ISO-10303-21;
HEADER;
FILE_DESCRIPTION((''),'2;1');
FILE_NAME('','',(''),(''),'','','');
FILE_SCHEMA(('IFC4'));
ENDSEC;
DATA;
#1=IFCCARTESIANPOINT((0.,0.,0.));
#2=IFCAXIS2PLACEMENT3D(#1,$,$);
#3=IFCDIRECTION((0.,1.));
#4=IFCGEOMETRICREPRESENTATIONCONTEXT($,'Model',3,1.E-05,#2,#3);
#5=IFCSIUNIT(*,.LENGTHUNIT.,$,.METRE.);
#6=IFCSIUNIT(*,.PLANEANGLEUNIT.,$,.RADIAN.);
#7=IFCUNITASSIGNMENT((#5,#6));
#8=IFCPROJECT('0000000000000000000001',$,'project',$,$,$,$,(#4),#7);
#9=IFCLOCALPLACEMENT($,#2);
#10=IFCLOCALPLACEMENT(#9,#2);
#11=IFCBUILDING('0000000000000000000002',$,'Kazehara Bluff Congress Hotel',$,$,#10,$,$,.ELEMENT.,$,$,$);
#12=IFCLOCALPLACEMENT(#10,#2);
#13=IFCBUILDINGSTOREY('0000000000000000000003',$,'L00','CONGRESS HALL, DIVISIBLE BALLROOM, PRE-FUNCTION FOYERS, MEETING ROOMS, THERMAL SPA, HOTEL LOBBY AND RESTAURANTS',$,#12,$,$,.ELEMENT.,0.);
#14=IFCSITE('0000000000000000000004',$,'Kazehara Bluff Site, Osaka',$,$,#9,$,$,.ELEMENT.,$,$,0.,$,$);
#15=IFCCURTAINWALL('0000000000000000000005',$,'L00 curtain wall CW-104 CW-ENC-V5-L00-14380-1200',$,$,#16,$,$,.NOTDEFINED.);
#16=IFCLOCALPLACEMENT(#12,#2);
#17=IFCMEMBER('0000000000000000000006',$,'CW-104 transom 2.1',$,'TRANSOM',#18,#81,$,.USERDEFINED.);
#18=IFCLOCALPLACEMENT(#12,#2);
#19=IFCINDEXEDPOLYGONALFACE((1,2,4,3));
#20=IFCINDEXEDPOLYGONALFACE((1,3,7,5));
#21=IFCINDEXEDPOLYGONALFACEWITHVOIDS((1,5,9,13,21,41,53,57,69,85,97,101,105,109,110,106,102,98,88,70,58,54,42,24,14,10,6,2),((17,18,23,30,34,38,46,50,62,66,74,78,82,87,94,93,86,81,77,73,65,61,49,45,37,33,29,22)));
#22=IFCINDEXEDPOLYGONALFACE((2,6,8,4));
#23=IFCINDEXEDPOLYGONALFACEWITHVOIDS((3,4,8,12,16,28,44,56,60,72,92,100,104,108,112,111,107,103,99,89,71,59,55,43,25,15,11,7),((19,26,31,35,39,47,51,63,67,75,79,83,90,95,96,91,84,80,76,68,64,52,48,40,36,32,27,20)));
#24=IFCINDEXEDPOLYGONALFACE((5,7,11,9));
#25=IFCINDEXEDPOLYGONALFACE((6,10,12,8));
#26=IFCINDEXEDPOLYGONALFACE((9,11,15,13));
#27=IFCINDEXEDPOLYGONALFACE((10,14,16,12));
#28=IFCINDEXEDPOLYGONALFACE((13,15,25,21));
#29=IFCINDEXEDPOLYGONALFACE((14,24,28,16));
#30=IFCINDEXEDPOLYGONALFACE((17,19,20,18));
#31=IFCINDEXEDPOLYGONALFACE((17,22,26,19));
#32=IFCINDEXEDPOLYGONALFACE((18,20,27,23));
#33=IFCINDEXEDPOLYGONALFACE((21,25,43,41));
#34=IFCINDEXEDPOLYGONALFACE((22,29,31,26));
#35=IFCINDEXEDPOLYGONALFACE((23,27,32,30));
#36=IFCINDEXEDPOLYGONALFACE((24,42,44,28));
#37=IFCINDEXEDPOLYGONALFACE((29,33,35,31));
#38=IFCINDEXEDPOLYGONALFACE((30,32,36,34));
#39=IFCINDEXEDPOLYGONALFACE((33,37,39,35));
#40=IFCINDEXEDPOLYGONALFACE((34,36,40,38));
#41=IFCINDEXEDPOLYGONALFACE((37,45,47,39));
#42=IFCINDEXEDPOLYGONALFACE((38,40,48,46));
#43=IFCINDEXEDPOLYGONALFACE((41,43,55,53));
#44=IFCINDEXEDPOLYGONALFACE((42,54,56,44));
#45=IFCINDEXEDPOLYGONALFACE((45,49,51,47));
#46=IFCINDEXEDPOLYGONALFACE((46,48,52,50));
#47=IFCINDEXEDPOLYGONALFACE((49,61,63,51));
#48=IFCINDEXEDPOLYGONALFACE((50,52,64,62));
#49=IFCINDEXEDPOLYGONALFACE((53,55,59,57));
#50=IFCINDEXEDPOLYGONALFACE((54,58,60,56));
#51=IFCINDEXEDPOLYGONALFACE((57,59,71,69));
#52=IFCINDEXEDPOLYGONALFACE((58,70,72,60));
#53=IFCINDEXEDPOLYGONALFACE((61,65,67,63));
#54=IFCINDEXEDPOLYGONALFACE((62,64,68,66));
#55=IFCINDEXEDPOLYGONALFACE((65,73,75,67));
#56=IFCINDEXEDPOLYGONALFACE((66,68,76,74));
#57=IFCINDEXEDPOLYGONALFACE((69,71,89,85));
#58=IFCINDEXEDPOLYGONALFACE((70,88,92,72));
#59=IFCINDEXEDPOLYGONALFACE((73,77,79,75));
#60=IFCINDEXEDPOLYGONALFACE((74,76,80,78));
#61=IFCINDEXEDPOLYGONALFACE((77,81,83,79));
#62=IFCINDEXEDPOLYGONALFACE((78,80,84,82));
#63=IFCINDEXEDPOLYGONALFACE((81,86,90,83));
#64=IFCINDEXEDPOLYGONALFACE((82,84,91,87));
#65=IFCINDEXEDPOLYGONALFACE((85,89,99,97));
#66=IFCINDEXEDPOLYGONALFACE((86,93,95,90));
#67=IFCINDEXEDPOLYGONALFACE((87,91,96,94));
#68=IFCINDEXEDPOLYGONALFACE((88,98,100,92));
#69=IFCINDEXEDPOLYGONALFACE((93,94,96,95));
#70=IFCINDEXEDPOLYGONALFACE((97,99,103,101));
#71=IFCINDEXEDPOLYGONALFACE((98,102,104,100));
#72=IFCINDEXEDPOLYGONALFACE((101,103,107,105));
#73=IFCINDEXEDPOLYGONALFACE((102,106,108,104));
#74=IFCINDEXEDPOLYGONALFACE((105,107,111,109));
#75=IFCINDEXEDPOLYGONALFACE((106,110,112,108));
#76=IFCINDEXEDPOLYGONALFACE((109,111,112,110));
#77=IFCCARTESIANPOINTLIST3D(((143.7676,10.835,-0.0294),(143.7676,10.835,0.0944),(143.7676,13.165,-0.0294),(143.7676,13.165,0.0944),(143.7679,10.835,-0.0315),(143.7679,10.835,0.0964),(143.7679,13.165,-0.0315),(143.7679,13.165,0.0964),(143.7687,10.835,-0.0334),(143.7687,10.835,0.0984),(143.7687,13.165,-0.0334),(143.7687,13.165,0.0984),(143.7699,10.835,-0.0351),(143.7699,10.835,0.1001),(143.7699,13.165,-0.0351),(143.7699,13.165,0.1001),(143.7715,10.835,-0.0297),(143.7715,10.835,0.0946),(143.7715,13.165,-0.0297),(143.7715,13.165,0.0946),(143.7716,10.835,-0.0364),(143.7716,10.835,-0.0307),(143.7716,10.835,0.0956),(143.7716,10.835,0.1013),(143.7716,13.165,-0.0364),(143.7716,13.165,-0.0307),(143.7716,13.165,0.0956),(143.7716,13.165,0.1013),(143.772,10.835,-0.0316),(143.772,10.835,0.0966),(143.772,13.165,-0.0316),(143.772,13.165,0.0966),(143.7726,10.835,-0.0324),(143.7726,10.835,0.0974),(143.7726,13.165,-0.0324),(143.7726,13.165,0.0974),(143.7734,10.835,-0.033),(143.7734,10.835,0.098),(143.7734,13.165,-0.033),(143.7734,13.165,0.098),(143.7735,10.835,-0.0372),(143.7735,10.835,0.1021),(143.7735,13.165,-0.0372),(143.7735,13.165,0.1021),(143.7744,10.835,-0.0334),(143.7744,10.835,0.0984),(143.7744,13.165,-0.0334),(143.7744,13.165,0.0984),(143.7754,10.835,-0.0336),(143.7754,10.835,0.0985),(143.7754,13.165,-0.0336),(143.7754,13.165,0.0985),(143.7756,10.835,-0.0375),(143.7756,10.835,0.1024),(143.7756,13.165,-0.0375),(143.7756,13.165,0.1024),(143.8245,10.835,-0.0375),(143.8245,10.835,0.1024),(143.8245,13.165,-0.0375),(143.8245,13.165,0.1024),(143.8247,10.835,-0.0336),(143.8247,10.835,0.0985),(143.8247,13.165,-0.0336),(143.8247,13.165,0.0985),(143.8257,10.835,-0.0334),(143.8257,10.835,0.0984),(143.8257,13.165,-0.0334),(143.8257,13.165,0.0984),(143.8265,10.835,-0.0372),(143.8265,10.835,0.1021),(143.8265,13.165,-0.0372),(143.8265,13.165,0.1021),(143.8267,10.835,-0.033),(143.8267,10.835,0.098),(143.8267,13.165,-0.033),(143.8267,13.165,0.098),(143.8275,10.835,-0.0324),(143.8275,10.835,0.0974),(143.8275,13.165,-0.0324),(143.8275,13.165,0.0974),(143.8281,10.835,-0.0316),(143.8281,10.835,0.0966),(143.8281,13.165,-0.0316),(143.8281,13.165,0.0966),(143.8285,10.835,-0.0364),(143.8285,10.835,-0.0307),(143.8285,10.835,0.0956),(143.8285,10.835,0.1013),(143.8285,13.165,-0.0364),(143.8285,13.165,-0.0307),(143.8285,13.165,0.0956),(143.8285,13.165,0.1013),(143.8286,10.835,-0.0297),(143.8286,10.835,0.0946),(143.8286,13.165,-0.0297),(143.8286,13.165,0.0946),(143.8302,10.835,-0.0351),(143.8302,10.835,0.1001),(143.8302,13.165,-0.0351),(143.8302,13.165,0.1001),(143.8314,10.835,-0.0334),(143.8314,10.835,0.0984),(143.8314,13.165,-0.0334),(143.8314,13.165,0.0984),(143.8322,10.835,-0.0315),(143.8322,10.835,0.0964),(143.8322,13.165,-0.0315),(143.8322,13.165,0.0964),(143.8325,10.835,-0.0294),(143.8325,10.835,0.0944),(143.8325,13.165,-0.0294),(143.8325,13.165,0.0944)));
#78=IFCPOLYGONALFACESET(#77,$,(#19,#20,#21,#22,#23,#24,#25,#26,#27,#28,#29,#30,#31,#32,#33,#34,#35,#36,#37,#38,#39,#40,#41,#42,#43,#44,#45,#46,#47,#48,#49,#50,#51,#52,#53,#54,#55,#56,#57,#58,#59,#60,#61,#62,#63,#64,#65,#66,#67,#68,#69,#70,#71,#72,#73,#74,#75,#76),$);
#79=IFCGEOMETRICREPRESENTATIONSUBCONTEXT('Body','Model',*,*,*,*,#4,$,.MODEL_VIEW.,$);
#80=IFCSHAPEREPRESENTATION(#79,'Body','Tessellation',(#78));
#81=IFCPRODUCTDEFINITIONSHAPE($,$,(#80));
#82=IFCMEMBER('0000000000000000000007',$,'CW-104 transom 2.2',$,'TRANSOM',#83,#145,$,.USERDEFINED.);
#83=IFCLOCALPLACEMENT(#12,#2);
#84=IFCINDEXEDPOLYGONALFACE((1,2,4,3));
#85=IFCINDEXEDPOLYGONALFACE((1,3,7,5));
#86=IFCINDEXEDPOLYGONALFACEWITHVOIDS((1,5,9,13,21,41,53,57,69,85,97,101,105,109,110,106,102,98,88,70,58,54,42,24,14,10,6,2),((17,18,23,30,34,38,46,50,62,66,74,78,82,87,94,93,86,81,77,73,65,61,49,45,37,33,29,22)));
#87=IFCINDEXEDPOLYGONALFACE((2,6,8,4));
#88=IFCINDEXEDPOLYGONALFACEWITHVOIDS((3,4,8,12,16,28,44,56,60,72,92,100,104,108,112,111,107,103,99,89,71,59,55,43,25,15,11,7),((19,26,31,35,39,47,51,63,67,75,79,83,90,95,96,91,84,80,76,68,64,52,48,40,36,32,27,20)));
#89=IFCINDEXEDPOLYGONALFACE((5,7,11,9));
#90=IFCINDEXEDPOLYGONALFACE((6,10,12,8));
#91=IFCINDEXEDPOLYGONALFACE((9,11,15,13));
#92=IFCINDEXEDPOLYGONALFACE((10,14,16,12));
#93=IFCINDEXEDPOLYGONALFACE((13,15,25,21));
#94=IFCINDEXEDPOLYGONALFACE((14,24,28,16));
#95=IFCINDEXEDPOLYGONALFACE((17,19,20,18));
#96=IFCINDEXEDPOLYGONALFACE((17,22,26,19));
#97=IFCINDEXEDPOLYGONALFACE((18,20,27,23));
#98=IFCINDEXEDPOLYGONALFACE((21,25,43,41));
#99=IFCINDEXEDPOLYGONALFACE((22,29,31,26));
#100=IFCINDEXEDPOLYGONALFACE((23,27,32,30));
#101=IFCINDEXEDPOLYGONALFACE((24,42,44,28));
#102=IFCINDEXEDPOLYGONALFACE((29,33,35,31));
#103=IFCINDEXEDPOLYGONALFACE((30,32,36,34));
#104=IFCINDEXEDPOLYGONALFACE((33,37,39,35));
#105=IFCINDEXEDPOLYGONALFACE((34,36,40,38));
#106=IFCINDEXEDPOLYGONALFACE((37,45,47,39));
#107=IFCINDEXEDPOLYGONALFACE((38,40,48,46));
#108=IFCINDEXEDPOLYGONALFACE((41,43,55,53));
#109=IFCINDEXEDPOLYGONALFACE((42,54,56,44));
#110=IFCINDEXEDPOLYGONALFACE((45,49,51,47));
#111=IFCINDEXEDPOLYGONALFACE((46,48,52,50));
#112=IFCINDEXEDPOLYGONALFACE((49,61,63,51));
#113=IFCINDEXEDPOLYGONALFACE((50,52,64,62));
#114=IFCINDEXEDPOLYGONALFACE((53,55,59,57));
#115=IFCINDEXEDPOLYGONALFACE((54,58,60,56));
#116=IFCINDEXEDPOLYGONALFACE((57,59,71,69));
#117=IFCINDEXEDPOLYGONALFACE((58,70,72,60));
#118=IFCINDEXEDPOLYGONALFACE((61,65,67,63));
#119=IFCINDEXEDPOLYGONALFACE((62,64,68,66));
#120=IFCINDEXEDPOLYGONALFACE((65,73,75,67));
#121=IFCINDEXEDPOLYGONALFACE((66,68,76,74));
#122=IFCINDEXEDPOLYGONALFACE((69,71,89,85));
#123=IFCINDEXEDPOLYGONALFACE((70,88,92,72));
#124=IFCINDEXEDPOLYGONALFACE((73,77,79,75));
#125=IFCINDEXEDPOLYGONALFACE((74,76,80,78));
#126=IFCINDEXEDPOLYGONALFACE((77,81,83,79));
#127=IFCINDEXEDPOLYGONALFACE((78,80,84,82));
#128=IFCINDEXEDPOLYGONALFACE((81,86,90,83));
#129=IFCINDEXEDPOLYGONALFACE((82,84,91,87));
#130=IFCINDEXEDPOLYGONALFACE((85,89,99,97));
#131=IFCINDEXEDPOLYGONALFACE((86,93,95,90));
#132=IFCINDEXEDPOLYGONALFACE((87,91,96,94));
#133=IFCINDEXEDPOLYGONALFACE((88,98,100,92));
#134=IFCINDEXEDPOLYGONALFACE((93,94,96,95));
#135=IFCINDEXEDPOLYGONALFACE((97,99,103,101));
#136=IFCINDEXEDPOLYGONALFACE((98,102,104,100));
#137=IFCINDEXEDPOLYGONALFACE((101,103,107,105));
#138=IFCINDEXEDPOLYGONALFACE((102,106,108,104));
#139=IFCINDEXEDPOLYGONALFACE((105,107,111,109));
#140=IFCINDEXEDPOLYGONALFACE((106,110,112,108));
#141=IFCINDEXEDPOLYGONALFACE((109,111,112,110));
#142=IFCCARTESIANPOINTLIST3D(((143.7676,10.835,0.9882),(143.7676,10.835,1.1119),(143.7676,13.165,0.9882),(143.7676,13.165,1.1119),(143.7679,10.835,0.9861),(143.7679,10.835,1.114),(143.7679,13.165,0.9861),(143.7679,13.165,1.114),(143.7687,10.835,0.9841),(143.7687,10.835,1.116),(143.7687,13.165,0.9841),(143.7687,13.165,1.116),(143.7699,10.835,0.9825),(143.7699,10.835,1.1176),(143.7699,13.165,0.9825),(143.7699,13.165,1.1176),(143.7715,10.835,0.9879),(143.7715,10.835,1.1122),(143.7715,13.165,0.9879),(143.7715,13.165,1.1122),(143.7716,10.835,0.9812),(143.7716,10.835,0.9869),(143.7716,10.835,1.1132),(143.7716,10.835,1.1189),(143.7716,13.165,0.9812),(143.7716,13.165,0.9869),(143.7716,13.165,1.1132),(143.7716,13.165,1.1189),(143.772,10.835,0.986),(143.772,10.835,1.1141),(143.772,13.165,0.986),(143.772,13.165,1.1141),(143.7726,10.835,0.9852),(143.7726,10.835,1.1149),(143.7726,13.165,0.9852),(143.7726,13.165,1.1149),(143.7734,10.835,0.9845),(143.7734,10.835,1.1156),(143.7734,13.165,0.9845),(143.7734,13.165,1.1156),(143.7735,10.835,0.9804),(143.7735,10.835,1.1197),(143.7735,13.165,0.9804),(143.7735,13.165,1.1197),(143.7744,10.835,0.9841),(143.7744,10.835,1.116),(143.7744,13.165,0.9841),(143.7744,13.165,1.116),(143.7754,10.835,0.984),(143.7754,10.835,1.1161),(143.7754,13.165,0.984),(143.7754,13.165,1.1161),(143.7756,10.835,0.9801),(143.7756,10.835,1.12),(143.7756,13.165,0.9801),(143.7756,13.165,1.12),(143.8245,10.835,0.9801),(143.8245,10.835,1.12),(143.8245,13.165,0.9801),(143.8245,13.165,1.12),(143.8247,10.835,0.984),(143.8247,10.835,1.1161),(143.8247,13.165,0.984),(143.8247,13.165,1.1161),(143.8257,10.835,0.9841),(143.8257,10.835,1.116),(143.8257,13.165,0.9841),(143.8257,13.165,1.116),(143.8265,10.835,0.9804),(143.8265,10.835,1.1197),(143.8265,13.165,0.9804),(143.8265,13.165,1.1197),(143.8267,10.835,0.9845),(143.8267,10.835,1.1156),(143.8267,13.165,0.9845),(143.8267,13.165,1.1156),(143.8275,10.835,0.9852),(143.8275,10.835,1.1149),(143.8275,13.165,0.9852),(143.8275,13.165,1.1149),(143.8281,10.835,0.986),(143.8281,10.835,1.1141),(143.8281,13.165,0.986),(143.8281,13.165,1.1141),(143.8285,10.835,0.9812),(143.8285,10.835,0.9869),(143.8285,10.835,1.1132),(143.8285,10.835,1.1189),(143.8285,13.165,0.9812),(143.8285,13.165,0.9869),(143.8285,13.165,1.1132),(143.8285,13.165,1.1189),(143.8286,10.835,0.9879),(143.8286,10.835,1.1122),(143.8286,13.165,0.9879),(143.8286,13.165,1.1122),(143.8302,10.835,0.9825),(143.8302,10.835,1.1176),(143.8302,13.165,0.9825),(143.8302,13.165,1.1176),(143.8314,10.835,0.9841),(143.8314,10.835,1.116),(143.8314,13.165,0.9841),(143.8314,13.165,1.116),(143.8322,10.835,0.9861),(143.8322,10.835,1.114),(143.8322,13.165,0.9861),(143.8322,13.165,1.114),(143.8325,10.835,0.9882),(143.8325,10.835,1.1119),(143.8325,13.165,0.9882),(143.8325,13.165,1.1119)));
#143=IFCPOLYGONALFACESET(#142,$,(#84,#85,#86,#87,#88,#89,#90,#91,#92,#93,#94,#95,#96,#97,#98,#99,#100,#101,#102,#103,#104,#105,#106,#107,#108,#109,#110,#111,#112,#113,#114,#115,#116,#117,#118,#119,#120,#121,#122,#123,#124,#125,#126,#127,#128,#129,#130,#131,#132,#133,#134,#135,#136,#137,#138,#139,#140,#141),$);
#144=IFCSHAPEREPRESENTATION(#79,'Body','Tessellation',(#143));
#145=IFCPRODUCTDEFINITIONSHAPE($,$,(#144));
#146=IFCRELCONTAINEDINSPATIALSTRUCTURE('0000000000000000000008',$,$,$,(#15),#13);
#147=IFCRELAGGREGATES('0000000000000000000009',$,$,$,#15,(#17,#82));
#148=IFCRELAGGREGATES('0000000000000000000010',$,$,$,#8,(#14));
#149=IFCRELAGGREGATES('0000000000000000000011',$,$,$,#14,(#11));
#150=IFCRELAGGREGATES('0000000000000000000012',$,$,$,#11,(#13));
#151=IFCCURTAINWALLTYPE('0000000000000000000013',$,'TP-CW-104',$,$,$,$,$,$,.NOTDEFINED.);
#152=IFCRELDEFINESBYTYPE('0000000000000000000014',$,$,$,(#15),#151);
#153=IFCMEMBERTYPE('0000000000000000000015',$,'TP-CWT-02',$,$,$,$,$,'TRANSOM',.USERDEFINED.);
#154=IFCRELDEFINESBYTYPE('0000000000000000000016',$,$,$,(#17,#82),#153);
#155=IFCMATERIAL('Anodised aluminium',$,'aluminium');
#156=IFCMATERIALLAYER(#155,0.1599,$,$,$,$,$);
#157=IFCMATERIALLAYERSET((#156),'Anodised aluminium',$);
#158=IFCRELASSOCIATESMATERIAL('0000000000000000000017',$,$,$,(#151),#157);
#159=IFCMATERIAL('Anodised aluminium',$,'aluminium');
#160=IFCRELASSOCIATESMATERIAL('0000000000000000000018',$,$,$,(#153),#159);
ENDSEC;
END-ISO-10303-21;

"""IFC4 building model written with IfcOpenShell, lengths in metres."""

from ifc_helpers import new_model, si_unit, direction, frame, origin, origin_2d, place, context, subcontext, project, spatial, hollow_rectangle, extrude, material, layer, layer_set, material_profile, profile_set, type_object, element, aggregate, save


model = new_model("IFC4")

# Units and contexts
model_context = context("Model", 3, precision=1e-05, world=origin(), true_north=direction((0.0, 1.0)))
body_context = subcontext(model_context, "Body", "Model", "MODEL_VIEW")
ifc_project = project(units=[si_unit("LENGTHUNIT", "METRE"), si_unit("PLANEANGLEUNIT", "RADIAN")], contexts=[model_context])

# Site, building, storey
site_placement = place(None, origin())
site = spatial("IfcSite", under=ifc_project, at=site_placement, Name="Kazehara Bluff Site, Osaka", CompositionType="ELEMENT", RefElevation=0.0)
building_placement = place(site_placement, origin())
building = spatial("IfcBuilding", under=site, at=building_placement, Name="Kazehara Bluff Congress Hotel", CompositionType="ELEMENT")
storey_placement = place(building_placement, origin())
storey = spatial("IfcBuildingStorey", under=building, at=storey_placement, Name="L00", Description="CONGRESS HALL, DIVISIBLE BALLROOM, PRE-FUNCTION FOYERS, MEETING ROOMS, THERMAL SPA, HOTEL LOBBY AND RESTAURANTS", CompositionType="ELEMENT", Elevation=0.0)

# Curtain wall, members
ifc_material_1 = material(Name="Anodised aluminium", Category="aluminium")
ifc_layer_1 = layer(ifc_material_1, 0.1599)
ifc_layer_set_1 = layer_set([ifc_layer_1], Name="Anodised aluminium")
curtain_wall_type = type_object("IfcCurtainWallType", Name="TP-CW-104", PredefinedType="NOTDEFINED", material=ifc_layer_set_1)
curtain_wall_placement = place(storey_placement, origin())
curtain_wall = element("IfcCurtainWall", 1, at=curtain_wall_placement, inside=storey, type_object=curtain_wall_type, Name="L00 curtain wall CW-104 CW-ENC-V5-L00-14380-1200", PredefinedType="NOTDEFINED")
ifc_material_2 = material(Name="Anodised aluminium", Category="aluminium")
ifc_material_profile_1 = material_profile(ifc_material_2, hollow_rectangle(XDim=0.0649, YDim=0.1399, WallThickness=0.0039, InnerFilletRadius=0.0039, OuterFilletRadius=0.0081, at=origin_2d()))
ifc_profile_set_1 = profile_set([ifc_material_profile_1], Name="Anodised aluminium")
member_type_1 = type_object("IfcMemberType", Name="TP-CWT-02", ElementType="TRANSOM", PredefinedType="USERDEFINED", material=ifc_profile_set_1)
member_1_placement = place(storey_placement, frame((143.8, 10.835, 0.0325), z_axis=(0.0, 1.0, 0.0), x_axis=(-1.0, 0.0, 0.0)))
member_1 = element("IfcMember", 2, at=member_1_placement, type_object=member_type_1, Name="CW-104 transom 2.1", ObjectType="TRANSOM", PredefinedType="USERDEFINED", context=body_context, shape_type="SweptSolid", body=[
    extrude(hollow_rectangle(XDim=0.0649, YDim=0.1399, WallThickness=0.0039, InnerFilletRadius=0.0039, OuterFilletRadius=0.0081, at=origin_2d()), origin(), (0.0, 0.0, 1.0), 2.3301),
])
member_2_placement = place(storey_placement, frame((143.8, 10.835, 1.05), z_axis=(0.0, 1.0, 0.0), x_axis=(-1.0, 0.0, 0.0)))
member_2 = element("IfcMember", 3, at=member_2_placement, type_object=member_type_1, Name="CW-104 transom 2.2", ObjectType="TRANSOM", PredefinedType="USERDEFINED", context=body_context, shape_type="SweptSolid", body=[
    extrude(hollow_rectangle(XDim=0.0649, YDim=0.1399, WallThickness=0.0039, InnerFilletRadius=0.0039, OuterFilletRadius=0.0081, at=origin_2d()), origin(), (0.0, 0.0, 1.0), 2.3301),
])

aggregate(curtain_wall, [member_1, member_2])

save(model, "model.ifc")
